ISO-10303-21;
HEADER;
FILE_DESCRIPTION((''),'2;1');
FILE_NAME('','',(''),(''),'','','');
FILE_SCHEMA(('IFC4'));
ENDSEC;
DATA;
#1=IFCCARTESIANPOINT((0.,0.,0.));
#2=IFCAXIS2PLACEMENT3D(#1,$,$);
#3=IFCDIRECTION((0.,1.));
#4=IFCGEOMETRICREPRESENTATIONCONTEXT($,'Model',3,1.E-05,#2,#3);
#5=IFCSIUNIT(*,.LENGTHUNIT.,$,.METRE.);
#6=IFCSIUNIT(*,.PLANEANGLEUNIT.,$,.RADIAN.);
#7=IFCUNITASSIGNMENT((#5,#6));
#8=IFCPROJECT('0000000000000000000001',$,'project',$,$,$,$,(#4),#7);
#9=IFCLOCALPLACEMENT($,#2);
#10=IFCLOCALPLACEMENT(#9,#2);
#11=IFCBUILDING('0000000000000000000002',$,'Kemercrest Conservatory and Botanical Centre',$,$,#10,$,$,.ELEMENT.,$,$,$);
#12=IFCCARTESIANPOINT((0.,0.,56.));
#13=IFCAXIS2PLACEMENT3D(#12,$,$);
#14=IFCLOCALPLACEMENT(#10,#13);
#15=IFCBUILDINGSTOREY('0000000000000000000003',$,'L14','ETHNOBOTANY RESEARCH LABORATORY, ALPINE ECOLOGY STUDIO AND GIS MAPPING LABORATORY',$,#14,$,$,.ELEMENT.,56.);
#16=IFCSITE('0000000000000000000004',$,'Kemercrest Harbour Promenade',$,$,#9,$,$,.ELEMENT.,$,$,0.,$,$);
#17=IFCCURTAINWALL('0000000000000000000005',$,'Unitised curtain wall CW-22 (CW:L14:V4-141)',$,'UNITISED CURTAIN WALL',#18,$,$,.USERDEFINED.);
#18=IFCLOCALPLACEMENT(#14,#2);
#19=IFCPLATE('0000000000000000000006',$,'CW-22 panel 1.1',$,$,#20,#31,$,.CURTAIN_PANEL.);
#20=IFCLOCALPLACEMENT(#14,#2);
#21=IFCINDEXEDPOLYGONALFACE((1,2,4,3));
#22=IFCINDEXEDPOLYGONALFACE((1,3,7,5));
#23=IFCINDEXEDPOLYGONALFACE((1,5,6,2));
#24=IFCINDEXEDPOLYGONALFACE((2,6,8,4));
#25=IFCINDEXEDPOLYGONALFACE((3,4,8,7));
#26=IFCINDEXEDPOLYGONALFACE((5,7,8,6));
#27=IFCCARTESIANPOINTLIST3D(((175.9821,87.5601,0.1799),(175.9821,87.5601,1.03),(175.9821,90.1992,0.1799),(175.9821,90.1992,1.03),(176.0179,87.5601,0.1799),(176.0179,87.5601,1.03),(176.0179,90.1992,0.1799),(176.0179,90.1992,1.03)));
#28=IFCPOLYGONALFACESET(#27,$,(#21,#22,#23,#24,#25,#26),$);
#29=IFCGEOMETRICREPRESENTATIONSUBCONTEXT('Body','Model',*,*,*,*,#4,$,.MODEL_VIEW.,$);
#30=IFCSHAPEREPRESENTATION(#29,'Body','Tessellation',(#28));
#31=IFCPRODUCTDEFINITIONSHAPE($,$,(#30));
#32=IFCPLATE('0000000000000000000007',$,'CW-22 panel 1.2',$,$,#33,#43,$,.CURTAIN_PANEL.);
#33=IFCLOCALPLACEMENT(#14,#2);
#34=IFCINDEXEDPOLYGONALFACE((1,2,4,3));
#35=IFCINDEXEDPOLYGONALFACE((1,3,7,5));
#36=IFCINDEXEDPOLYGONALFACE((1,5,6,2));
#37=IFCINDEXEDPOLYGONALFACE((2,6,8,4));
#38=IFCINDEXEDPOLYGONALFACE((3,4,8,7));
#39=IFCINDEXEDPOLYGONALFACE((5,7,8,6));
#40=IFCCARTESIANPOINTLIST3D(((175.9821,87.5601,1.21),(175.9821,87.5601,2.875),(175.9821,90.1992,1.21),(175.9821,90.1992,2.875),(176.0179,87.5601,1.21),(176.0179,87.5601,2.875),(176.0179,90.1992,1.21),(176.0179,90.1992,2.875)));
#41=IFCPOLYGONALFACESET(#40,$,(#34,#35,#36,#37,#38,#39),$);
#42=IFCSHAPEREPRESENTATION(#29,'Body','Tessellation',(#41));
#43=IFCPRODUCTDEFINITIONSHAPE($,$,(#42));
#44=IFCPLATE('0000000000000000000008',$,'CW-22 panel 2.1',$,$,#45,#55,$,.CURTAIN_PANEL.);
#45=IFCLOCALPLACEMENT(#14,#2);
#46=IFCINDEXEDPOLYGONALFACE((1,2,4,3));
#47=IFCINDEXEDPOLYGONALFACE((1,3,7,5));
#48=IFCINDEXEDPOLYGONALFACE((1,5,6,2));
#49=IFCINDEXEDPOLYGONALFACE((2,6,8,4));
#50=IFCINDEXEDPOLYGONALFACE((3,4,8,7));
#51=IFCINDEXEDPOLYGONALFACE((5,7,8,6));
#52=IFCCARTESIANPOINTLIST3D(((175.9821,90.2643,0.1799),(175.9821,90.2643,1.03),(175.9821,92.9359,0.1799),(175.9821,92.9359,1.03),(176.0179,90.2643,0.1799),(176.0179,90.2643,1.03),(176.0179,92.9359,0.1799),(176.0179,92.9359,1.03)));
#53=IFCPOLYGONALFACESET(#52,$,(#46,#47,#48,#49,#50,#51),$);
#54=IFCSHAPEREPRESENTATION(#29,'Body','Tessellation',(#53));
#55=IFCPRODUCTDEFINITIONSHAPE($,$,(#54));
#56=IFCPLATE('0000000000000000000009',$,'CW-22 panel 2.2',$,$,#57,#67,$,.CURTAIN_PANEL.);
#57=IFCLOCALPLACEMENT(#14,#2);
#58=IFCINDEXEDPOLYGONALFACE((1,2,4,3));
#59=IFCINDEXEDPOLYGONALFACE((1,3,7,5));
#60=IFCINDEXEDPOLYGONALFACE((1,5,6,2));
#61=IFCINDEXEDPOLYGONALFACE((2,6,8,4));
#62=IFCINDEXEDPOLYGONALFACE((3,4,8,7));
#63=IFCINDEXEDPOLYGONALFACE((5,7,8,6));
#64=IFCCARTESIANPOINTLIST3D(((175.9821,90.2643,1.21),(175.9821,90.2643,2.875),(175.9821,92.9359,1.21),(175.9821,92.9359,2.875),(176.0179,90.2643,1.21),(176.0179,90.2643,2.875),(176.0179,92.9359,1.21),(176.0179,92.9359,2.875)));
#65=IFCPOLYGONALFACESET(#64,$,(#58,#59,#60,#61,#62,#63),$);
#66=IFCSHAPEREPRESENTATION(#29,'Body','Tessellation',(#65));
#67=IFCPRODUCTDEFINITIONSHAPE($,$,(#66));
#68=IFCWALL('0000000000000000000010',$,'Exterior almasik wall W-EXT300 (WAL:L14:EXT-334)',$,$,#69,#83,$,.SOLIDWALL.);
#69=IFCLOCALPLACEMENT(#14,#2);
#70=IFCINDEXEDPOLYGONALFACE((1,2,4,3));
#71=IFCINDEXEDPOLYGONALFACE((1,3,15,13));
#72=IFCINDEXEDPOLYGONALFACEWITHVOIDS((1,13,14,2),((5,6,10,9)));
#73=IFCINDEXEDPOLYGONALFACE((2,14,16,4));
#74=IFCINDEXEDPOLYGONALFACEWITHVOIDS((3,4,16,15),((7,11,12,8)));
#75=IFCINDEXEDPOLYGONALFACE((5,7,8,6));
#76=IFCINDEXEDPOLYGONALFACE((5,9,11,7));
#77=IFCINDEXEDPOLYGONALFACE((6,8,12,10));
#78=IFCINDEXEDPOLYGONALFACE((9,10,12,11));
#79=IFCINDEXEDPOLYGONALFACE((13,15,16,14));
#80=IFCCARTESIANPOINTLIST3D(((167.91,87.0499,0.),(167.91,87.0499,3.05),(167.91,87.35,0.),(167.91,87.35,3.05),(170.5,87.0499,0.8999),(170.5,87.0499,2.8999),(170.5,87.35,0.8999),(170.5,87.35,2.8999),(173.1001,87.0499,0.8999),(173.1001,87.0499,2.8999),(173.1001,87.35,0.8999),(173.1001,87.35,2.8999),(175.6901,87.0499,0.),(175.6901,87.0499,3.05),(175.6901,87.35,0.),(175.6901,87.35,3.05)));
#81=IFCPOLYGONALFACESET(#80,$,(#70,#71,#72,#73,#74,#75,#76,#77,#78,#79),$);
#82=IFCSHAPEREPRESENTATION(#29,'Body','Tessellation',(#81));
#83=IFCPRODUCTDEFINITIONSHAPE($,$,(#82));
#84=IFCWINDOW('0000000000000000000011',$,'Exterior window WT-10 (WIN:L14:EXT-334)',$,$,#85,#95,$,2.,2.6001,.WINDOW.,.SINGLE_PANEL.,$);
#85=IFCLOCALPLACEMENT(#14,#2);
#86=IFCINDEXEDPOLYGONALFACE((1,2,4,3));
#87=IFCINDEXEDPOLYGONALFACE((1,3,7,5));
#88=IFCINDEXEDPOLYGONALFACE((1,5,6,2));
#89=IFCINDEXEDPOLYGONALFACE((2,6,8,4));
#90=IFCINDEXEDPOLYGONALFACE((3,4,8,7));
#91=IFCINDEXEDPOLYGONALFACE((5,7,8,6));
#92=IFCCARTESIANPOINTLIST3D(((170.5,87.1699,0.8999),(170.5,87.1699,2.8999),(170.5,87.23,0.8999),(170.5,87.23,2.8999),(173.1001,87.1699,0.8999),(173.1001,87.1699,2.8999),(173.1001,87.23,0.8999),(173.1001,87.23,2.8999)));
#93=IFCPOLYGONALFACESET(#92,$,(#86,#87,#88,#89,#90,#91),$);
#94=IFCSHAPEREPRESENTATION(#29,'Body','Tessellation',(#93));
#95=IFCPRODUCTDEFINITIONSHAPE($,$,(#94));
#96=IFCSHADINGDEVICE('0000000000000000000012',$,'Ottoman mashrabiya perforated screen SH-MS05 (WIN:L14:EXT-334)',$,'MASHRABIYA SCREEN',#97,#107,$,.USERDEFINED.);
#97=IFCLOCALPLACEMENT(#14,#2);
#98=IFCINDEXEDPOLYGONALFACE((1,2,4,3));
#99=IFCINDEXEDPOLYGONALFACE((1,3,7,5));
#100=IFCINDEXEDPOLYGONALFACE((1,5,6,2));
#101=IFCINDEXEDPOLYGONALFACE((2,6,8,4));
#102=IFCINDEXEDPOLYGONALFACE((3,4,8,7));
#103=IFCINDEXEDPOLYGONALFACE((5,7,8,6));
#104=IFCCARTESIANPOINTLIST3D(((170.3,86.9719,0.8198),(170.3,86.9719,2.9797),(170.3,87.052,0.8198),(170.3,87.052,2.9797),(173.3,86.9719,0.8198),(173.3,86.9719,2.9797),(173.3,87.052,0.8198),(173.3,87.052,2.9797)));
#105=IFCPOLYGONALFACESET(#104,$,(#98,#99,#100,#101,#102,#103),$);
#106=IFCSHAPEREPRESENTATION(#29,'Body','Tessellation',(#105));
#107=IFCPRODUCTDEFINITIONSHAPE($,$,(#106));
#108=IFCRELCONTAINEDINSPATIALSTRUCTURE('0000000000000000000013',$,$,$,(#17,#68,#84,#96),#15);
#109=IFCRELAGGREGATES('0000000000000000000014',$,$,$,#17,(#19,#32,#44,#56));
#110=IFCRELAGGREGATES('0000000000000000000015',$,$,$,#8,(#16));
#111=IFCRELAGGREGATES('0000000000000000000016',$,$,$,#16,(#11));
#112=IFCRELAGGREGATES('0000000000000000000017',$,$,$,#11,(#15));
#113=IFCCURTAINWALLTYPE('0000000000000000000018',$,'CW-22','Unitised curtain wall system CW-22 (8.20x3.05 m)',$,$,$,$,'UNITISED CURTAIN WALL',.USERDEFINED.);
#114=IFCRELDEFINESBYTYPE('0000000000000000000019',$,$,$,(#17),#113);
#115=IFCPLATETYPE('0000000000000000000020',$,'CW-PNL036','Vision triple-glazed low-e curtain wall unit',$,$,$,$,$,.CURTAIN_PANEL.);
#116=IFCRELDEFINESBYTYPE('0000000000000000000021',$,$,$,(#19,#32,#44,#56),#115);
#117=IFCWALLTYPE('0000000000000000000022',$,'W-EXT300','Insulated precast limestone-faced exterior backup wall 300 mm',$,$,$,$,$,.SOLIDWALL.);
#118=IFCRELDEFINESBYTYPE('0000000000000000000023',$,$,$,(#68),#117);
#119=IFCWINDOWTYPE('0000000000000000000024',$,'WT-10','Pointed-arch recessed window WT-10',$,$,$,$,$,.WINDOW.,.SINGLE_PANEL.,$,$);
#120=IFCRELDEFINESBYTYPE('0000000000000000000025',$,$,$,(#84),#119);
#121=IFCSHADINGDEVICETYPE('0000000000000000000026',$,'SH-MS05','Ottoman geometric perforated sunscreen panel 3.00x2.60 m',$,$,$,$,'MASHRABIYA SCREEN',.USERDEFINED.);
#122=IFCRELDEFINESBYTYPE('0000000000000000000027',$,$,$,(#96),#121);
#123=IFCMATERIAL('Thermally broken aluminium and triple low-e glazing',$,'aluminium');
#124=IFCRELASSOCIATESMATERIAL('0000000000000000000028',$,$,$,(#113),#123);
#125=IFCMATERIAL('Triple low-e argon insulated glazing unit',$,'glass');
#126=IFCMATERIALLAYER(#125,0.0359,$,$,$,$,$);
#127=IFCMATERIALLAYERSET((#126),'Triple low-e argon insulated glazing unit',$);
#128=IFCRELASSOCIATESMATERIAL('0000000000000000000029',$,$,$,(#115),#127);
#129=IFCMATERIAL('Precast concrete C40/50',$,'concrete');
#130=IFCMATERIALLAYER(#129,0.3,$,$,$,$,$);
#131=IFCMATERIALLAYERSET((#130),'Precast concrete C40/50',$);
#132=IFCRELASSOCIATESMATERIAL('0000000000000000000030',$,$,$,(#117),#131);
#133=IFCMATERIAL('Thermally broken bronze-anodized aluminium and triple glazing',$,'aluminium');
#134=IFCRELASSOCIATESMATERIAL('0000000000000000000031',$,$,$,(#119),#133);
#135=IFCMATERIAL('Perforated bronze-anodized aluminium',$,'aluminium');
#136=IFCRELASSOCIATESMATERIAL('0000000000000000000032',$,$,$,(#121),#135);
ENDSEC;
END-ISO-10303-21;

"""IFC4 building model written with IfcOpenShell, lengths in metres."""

from ifc_helpers import new_model, si_unit, direction, frame, frame_2d, origin, origin_2d, place, context, subcontext, project, spatial, rectangle, extrude, material, layer, layer_set, type_object, element, fill, aggregate, save


model = new_model("IFC4")

# Units and contexts
model_context = context("Model", 3, precision=1e-05, world=origin(), true_north=direction((0.0, 1.0)))
body_context = subcontext(model_context, "Body", "Model", "MODEL_VIEW")
ifc_project = project(units=[si_unit("LENGTHUNIT", "METRE"), si_unit("PLANEANGLEUNIT", "RADIAN")], contexts=[model_context])

# Site, building, storey
site_placement = place(None, origin())
site = spatial("IfcSite", under=ifc_project, at=site_placement, Name="Kemercrest Harbour Promenade", CompositionType="ELEMENT", RefElevation=0.0)
building_placement = place(site_placement, origin())
building = spatial("IfcBuilding", under=site, at=building_placement, Name="Kemercrest Conservatory and Botanical Centre", CompositionType="ELEMENT")
storey_placement = place(building_placement, frame((0.0, 0.0, 56.0)))
storey = spatial("IfcBuildingStorey", under=building, at=storey_placement, Name="L14", Description="ETHNOBOTANY RESEARCH LABORATORY, ALPINE ECOLOGY STUDIO AND GIS MAPPING LABORATORY", CompositionType="ELEMENT", Elevation=56.0)

# Curtain wall
ifc_material_1 = material(Name="Thermally broken aluminium and triple low-e glazing", Category="aluminium")
curtain_wall_type = type_object("IfcCurtainWallType", Name="CW-22", Description="Unitised curtain wall system CW-22 (8.20x3.05 m)", ElementType="UNITISED CURTAIN WALL", PredefinedType="USERDEFINED", material=ifc_material_1)
curtain_wall_placement = place(storey_placement, origin())
curtain_wall = element("IfcCurtainWall", 1, at=curtain_wall_placement, inside=storey, type_object=curtain_wall_type, Name="Unitised curtain wall CW-22 (CW:L14:V4-141)", ObjectType="UNITISED CURTAIN WALL", PredefinedType="USERDEFINED")

# Plates
ifc_material_2 = material(Name="Triple low-e argon insulated glazing unit", Category="glass")
ifc_layer_1 = layer(ifc_material_2, 0.0359)
ifc_layer_set_1 = layer_set([ifc_layer_1], Name="Triple low-e argon insulated glazing unit")
plate_type = type_object("IfcPlateType", Name="CW-PNL036", Description="Vision triple-glazed low-e curtain wall unit", PredefinedType="CURTAIN_PANEL", material=ifc_layer_set_1)
plate_1_placement = place(storey_placement, frame((176.0, 88.8796, 0.1799), z_axis=(0.0, 0.0, 1.0), x_axis=(0.0, 1.0, 0.0)))
plate_1 = element("IfcPlate", 2, at=plate_1_placement, type_object=plate_type, Name="CW-22 panel 1.1", PredefinedType="CURTAIN_PANEL", context=body_context, shape_type="SweptSolid", body=[
    extrude(rectangle(XDim=2.6392, YDim=0.0359, at=origin_2d()), origin(), (0.0, 0.0, 1.0), 0.8501),
])
plate_2_placement = place(storey_placement, frame((176.0, 88.8796, 1.21), z_axis=(0.0, 0.0, 1.0), x_axis=(0.0, 1.0, 0.0)))
plate_2 = element("IfcPlate", 3, at=plate_2_placement, type_object=plate_type, Name="CW-22 panel 1.2", PredefinedType="CURTAIN_PANEL", context=body_context, shape_type="SweptSolid", body=[
    extrude(rectangle(XDim=2.6392, YDim=0.0359, at=origin_2d()), origin(), (0.0, 0.0, 1.0), 1.665),
])
plate_3_placement = place(storey_placement, frame((176.0, 91.6001, 0.1799), z_axis=(0.0, 0.0, 1.0), x_axis=(0.0, 1.0, 0.0)))
plate_3 = element("IfcPlate", 4, at=plate_3_placement, type_object=plate_type, Name="CW-22 panel 2.1", PredefinedType="CURTAIN_PANEL", context=body_context, shape_type="SweptSolid", body=[
    extrude(rectangle(XDim=2.6716, YDim=0.0359, at=origin_2d()), origin(), (0.0, 0.0, 1.0), 0.8501),
])
plate_4_placement = place(storey_placement, frame((176.0, 91.6001, 1.21), z_axis=(0.0, 0.0, 1.0), x_axis=(0.0, 1.0, 0.0)))
plate_4 = element("IfcPlate", 5, at=plate_4_placement, type_object=plate_type, Name="CW-22 panel 2.2", PredefinedType="CURTAIN_PANEL", context=body_context, shape_type="SweptSolid", body=[
    extrude(rectangle(XDim=2.6716, YDim=0.0359, at=origin_2d()), origin(), (0.0, 0.0, 1.0), 1.665),
])
aggregate(curtain_wall, [plate_1, plate_2, plate_3, plate_4])

# Wall, opening, window
ifc_material_3 = material(Name="Precast concrete C40/50", Category="concrete")
ifc_layer_2 = layer(ifc_material_3, 0.3)
ifc_layer_set_2 = layer_set([ifc_layer_2], Name="Precast concrete C40/50")
wall_type = type_object("IfcWallType", Name="W-EXT300", Description="Insulated precast limestone-faced exterior backup wall 300 mm", PredefinedType="SOLIDWALL", material=ifc_layer_set_2)
wall_placement = place(storey_placement, frame((167.9099, 87.2, 0.0), z_axis=(0.0, 0.0, 1.0), x_axis=(1.0, 0.0, 0.0)))
wall = element("IfcWall", 6, at=wall_placement, inside=storey, type_object=wall_type, Name="Exterior almasik wall W-EXT300 (WAL:L14:EXT-334)", PredefinedType="SOLIDWALL", context=body_context, shape_type="SweptSolid", body=[
    extrude(rectangle(XDim=7.78, YDim=0.3, at=frame_2d((3.8901, 0.0))), origin(), (0.0, 0.0, 1.0), 3.05),
])
opening_placement = place(wall_placement, frame((2.5901, 0.0, 0.8999)))
opening = element("IfcOpeningElement", 7, at=opening_placement, cuts=wall, PredefinedType="OPENING", context=body_context, shape_type="SweptSolid", body=[
    extrude(rectangle(XDim=2.6001, YDim=2.0, at=frame_2d((1.3, 1.0))), frame((0.0, 0.1602, 0.0), z_axis=(0.0, -1.0, 0.0), x_axis=(1.0, 0.0, 0.0)), (0.0, 0.0, 1.0), 0.3201),
])
ifc_material_4 = material(Name="Thermally broken bronze-anodized aluminium and triple glazing", Category="aluminium")
window_type = type_object("IfcWindowType", Name="WT-10", Description="Pointed-arch recessed window WT-10", PartitioningType="SINGLE_PANEL", PredefinedType="WINDOW", material=ifc_material_4)
window_placement = place(opening_placement, origin())
window = element("IfcWindow", 8, at=window_placement, inside=storey, type_object=window_type, Name="Exterior window WT-10 (WIN:L14:EXT-334)", OverallHeight=2.0, OverallWidth=2.6001, PartitioningType="SINGLE_PANEL", PredefinedType="WINDOW", context=body_context, shape_type="SweptSolid", body=[
    extrude(rectangle(XDim=2.6001, YDim=2.0, at=frame_2d((1.3, 1.0))), frame((0.0, 0.03, 0.0), z_axis=(0.0, -1.0, 0.0), x_axis=(1.0, 0.0, 0.0)), (0.0, 0.0, 1.0), 0.0601),
])
fill(opening, window)

# Shading device
ifc_material_5 = material(Name="Perforated bronze-anodized aluminium", Category="aluminium")
shading_device_type = type_object("IfcShadingDeviceType", Name="SH-MS05", Description="Ottoman geometric perforated sunscreen panel 3.00x2.60 m", ElementType="MASHRABIYA SCREEN", PredefinedType="USERDEFINED", material=ifc_material_5)
shading_device_placement = place(storey_placement, frame((171.8, 87.012, 0.8198), z_axis=(0.0, 0.0, 1.0), x_axis=(1.0, 0.0, 0.0)))
element("IfcShadingDevice", 9, at=shading_device_placement, inside=storey, type_object=shading_device_type, Name="Ottoman mashrabiya perforated screen SH-MS05 (WIN:L14:EXT-334)", ObjectType="MASHRABIYA SCREEN", PredefinedType="USERDEFINED", context=body_context, shape_type="SweptSolid", body=[
    extrude(rectangle(XDim=3.0, YDim=0.0801, at=origin_2d()), origin(), (0.0, 0.0, 1.0), 2.1599),
])

save(model, "model.ifc")
